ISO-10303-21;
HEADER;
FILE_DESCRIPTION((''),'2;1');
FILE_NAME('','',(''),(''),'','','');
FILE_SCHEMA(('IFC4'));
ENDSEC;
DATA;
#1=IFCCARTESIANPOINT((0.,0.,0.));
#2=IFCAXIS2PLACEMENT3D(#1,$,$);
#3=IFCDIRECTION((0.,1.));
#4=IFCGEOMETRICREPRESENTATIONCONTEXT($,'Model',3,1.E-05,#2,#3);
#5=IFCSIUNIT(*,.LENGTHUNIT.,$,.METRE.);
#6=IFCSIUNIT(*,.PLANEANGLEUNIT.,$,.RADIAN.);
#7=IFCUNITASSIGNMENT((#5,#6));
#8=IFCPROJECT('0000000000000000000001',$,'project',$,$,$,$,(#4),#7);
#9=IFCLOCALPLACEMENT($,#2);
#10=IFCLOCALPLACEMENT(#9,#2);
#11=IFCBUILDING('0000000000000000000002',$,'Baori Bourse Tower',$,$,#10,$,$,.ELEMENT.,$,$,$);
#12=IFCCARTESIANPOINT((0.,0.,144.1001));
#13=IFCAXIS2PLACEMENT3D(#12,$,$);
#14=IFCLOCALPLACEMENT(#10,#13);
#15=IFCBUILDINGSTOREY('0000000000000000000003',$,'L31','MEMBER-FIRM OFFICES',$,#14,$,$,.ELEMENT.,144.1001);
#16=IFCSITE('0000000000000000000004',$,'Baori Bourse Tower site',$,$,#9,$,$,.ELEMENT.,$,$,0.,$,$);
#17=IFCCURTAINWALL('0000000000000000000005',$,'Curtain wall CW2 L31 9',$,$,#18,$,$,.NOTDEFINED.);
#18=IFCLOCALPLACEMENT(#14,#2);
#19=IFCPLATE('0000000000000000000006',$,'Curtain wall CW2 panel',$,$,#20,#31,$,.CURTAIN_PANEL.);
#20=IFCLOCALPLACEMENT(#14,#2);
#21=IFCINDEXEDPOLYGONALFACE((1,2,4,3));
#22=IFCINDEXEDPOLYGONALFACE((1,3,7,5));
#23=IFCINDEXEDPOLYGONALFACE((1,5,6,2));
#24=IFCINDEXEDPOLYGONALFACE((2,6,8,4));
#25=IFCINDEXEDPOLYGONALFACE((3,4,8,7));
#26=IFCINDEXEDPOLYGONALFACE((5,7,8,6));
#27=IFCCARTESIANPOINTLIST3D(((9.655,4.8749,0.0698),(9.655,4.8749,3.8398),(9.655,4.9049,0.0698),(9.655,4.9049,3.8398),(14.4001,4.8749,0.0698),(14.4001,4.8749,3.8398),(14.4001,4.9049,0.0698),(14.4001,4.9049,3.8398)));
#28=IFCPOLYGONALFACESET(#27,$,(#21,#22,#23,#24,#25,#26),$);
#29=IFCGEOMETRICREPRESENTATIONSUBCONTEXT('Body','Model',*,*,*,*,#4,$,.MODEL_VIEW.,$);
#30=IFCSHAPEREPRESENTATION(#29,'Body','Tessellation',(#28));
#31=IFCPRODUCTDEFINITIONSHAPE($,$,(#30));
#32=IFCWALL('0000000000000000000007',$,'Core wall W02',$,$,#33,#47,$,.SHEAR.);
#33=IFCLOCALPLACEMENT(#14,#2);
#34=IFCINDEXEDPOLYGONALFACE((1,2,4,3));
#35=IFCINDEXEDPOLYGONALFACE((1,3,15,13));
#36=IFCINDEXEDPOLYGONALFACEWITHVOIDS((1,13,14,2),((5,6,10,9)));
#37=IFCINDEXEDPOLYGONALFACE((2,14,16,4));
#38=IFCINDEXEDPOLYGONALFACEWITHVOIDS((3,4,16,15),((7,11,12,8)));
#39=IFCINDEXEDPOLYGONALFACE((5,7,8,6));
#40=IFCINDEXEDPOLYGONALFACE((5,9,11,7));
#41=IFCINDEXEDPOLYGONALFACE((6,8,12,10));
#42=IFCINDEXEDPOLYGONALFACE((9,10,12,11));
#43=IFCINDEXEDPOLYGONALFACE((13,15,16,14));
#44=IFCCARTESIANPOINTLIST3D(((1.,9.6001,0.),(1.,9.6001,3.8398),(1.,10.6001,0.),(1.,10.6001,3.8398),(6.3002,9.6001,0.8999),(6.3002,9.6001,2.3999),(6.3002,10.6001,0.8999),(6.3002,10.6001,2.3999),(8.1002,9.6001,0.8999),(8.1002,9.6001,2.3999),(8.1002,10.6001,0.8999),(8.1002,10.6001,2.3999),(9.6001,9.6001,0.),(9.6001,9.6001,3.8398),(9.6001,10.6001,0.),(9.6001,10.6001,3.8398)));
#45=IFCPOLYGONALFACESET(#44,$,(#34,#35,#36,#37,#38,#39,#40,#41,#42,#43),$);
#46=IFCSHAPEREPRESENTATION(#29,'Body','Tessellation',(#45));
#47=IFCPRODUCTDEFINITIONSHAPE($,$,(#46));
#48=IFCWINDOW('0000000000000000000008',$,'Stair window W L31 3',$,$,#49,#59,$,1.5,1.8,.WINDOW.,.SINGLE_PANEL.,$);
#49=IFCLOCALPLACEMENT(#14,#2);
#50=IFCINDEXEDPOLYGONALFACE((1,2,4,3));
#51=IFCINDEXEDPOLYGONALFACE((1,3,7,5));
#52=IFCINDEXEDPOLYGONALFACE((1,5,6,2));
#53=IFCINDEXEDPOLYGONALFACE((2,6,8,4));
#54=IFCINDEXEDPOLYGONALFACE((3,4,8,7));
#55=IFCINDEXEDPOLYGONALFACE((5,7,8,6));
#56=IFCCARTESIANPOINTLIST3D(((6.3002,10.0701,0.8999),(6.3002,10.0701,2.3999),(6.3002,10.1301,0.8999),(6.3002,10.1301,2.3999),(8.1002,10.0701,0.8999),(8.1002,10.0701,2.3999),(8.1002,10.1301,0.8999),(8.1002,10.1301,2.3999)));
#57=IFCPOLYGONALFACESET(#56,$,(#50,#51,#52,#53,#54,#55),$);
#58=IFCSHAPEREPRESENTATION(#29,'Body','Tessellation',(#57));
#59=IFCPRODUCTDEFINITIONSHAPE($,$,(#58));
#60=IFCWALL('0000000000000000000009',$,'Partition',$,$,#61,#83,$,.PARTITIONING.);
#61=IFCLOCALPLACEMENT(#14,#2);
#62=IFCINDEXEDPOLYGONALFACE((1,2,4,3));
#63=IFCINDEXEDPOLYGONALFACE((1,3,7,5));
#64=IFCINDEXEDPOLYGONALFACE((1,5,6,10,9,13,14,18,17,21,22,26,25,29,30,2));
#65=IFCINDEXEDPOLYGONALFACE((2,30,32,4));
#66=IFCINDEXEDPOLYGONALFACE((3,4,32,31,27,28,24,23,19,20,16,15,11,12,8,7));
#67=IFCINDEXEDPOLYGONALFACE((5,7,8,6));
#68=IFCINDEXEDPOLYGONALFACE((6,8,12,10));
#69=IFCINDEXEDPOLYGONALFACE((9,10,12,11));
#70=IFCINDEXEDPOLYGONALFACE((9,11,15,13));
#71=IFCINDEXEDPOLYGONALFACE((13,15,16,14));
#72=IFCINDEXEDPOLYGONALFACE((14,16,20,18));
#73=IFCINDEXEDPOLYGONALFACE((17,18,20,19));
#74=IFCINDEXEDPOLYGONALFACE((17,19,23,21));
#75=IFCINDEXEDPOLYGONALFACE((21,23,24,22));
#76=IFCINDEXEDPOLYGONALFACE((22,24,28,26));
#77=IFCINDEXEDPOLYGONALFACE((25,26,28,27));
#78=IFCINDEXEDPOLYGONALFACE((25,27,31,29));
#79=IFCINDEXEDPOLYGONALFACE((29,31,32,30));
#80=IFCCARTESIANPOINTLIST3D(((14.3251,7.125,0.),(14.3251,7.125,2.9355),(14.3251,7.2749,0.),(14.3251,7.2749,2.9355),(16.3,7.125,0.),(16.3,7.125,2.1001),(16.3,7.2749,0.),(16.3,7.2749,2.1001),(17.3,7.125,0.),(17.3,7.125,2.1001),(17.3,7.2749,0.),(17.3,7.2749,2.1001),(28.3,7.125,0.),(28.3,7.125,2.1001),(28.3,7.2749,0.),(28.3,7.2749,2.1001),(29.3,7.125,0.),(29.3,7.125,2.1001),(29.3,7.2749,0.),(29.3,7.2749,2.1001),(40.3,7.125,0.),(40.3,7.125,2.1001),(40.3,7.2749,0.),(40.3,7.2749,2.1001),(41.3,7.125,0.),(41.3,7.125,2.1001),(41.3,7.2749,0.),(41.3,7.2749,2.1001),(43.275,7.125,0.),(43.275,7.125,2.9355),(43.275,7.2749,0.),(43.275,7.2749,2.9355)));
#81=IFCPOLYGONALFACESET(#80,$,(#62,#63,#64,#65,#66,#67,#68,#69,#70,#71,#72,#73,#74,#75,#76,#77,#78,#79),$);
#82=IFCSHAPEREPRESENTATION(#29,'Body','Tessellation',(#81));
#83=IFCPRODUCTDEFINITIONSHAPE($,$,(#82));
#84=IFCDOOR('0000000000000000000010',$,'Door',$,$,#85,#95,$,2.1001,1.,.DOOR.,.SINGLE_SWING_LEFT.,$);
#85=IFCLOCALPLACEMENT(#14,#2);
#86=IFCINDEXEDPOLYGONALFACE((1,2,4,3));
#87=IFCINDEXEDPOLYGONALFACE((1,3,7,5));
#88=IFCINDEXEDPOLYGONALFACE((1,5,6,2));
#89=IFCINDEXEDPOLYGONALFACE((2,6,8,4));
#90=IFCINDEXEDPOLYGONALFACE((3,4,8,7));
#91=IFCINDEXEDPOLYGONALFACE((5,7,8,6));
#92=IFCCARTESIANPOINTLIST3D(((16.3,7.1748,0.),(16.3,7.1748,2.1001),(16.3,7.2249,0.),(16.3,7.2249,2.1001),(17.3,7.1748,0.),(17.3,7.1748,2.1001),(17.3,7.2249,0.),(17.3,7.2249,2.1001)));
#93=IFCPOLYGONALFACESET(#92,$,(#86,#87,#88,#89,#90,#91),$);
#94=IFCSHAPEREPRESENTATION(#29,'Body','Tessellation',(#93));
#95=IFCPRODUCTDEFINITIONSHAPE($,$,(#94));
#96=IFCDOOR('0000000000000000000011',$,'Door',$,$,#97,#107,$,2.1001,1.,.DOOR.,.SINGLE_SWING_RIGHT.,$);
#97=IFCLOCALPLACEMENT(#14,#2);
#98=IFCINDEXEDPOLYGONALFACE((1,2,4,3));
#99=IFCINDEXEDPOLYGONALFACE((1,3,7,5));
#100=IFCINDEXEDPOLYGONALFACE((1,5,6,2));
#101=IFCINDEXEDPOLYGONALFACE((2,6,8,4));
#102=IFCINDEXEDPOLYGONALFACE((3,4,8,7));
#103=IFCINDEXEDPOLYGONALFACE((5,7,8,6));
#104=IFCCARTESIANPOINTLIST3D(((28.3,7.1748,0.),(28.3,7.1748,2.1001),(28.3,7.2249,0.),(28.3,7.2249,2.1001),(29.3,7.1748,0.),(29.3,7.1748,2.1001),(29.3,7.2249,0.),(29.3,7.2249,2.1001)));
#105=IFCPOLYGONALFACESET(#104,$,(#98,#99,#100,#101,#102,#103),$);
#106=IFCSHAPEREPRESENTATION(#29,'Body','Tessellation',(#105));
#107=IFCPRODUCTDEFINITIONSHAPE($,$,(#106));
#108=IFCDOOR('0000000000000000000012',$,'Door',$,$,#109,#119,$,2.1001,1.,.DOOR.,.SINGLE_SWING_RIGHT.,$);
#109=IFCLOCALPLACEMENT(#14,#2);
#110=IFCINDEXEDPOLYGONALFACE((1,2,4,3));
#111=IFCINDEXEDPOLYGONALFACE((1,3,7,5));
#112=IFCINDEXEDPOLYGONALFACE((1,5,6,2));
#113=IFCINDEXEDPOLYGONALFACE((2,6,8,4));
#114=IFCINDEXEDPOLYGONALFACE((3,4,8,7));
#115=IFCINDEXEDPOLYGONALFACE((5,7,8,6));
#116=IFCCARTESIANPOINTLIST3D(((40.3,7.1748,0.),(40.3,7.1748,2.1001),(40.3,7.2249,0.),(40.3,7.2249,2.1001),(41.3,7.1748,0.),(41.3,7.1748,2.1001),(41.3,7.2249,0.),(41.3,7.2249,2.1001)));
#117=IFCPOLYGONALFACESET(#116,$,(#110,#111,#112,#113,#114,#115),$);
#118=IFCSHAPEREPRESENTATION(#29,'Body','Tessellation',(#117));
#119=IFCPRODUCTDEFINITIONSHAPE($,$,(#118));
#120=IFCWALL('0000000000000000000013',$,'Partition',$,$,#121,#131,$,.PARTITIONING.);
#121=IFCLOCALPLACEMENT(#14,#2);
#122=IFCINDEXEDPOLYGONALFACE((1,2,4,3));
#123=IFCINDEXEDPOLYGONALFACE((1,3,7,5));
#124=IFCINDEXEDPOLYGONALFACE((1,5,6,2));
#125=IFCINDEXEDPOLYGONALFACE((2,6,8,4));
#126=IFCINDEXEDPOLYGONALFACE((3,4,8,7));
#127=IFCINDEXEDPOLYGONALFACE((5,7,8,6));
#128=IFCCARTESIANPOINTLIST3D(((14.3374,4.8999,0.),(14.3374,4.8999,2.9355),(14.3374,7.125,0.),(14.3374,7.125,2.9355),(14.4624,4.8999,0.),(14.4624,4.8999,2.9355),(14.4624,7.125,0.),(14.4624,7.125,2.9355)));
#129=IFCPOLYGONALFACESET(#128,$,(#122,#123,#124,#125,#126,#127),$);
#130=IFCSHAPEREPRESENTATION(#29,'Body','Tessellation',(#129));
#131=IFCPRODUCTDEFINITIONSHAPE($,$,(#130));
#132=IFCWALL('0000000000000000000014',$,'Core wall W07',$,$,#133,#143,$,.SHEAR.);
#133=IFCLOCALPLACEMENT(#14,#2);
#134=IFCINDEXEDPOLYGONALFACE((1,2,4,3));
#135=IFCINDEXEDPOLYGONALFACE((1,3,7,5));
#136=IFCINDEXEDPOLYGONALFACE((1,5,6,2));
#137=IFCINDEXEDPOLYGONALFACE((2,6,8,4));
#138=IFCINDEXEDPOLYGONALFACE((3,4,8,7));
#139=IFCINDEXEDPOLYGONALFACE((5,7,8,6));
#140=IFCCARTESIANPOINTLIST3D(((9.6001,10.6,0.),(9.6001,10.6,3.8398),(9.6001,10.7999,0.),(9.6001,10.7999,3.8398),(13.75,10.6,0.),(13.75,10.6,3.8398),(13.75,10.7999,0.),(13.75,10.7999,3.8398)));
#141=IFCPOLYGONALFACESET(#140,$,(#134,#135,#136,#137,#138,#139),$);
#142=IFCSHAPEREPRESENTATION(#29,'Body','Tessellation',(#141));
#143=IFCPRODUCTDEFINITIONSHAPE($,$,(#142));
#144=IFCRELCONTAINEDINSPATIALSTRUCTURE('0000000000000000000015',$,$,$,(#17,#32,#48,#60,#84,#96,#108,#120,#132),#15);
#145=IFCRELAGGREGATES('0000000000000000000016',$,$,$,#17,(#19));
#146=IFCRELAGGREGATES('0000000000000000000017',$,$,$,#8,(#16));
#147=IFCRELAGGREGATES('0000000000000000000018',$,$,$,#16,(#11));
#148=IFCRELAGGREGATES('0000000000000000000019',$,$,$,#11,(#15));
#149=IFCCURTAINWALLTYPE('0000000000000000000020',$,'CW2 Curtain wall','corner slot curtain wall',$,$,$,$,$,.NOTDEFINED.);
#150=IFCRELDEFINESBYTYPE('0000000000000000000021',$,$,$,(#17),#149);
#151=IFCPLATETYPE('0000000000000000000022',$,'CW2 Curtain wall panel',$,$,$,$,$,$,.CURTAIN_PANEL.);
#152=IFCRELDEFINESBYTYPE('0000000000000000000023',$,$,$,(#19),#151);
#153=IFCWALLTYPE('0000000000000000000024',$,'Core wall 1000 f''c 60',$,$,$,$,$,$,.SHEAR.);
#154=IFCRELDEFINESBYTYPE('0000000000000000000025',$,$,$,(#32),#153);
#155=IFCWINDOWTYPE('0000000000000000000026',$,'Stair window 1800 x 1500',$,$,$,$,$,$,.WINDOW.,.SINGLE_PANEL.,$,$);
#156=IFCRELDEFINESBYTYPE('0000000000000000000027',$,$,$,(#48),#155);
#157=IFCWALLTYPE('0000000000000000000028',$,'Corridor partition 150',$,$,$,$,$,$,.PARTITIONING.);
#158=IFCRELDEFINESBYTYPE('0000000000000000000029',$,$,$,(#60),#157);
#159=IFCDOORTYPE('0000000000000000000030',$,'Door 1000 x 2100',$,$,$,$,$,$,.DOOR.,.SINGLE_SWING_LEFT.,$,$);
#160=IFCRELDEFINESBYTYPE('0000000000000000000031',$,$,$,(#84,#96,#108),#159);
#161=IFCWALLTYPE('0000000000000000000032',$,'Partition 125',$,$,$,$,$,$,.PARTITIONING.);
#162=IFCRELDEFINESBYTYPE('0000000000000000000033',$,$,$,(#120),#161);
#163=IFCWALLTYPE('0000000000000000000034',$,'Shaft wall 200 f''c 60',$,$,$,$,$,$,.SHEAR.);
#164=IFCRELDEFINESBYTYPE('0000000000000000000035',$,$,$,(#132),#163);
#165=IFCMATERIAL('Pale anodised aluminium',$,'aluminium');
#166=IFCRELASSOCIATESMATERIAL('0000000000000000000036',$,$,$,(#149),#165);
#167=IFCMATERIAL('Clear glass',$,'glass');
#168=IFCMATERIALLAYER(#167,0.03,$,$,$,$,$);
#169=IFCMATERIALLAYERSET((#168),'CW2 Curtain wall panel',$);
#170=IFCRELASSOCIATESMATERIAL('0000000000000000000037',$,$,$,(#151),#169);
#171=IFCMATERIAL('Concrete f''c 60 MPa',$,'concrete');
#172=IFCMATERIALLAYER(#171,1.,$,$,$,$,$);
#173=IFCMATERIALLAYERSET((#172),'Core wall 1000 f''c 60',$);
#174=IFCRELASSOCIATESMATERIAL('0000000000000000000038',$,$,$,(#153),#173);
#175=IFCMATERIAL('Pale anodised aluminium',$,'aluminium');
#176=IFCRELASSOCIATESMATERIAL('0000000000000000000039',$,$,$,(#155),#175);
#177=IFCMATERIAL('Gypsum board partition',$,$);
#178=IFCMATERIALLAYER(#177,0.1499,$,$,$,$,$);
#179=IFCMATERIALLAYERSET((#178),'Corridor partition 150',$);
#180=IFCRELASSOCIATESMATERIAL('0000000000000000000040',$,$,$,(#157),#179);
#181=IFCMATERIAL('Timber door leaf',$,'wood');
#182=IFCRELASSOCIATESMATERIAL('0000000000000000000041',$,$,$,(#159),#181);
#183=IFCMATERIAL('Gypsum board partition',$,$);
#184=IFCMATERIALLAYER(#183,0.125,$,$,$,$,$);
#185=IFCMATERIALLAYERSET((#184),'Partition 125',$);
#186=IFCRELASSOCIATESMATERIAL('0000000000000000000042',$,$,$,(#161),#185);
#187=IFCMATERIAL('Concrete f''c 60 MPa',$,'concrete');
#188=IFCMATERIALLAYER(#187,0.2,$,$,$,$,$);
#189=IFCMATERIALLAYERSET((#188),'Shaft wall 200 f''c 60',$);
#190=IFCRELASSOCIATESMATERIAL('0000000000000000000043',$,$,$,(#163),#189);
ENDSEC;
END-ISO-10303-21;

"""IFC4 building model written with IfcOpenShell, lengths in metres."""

from ifc_helpers import new_model, si_unit, direction, frame, frame_2d, origin, origin_2d, place, context, subcontext, project, spatial, rectangle, extrude, material, layer, layer_set, type_object, element, fill, aggregate, save


model = new_model("IFC4")

# Units and contexts
model_context = context("Model", 3, precision=1e-05, world=origin(), true_north=direction((0.0, 1.0)))
body_context = subcontext(model_context, "Body", "Model", "MODEL_VIEW")
ifc_project = project(units=[si_unit("LENGTHUNIT", "METRE"), si_unit("PLANEANGLEUNIT", "RADIAN")], contexts=[model_context])

# Site, building, storey
site_placement = place(None, origin())
site = spatial("IfcSite", under=ifc_project, at=site_placement, Name="Baori Bourse Tower site", CompositionType="ELEMENT", RefElevation=0.0)
building_placement = place(site_placement, origin())
building = spatial("IfcBuilding", under=site, at=building_placement, Name="Baori Bourse Tower", CompositionType="ELEMENT")
storey_placement = place(building_placement, frame((0.0, 0.0, 144.1001)))
storey = spatial("IfcBuildingStorey", under=building, at=storey_placement, Name="L31", Description="MEMBER-FIRM OFFICES", CompositionType="ELEMENT", Elevation=144.1001)

# Curtain wall
ifc_material_1 = material(Name="Pale anodised aluminium", Category="aluminium")
curtain_wall_type = type_object("IfcCurtainWallType", Name="CW2 Curtain wall", Description="corner slot curtain wall", PredefinedType="NOTDEFINED", material=ifc_material_1)
curtain_wall_1_placement = place(storey_placement, origin())
curtain_wall_1 = element("IfcCurtainWall", 1, at=curtain_wall_1_placement, inside=storey, type_object=curtain_wall_type, Name="Curtain wall CW2 L31 9", PredefinedType="NOTDEFINED")

# Plate
ifc_material_2 = material(Name="Clear glass", Category="glass")
ifc_layer_1 = layer(ifc_material_2, 0.03)
ifc_layer_set_1 = layer_set([ifc_layer_1], Name="CW2 Curtain wall panel")
plate_type = type_object("IfcPlateType", Name="CW2 Curtain wall panel", PredefinedType="CURTAIN_PANEL", material=ifc_layer_set_1)
plate_1_placement = place(storey_placement, frame((12.0276, 4.8899, 0.0698), z_axis=(0.0, 0.0, 1.0), x_axis=(1.0, 0.0, 0.0)))
plate_1 = element("IfcPlate", 2, at=plate_1_placement, type_object=plate_type, Name="Curtain wall CW2 panel", PredefinedType="CURTAIN_PANEL", context=body_context, shape_type="SweptSolid", body=[
    extrude(rectangle(XDim=4.7451, YDim=0.03, at=origin_2d()), origin(), (0.0, 0.0, 1.0), 3.77),
])
aggregate(curtain_wall_1, [plate_1])

# Wall, opening, window
ifc_material_3 = material(Name="Concrete f'c 60 MPa", Category="concrete")
ifc_layer_2 = layer(ifc_material_3, 1.0)
ifc_layer_set_2 = layer_set([ifc_layer_2], Name="Core wall 1000 f'c 60")
wall_type_1 = type_object("IfcWallType", Name="Core wall 1000 f'c 60", PredefinedType="SHEAR", material=ifc_layer_set_2)
wall_1_placement = place(storey_placement, frame((9.6001, 10.1001, 0.0), z_axis=(0.0, 0.0, 1.0), x_axis=(-1.0, 0.0, 0.0)))
wall_1 = element("IfcWall", 3, at=wall_1_placement, inside=storey, type_object=wall_type_1, Name="Core wall W02", PredefinedType="SHEAR", context=body_context, shape_type="SweptSolid", body=[
    extrude(rectangle(XDim=8.6001, YDim=1.0, at=frame_2d((4.3, 0.0))), origin(), (0.0, 0.0, 1.0), 3.8398),
])
opening_1_placement = place(wall_1_placement, frame((1.5, 0.0, 0.8999)))
opening_1 = element("IfcOpeningElement", 4, at=opening_1_placement, cuts=wall_1, PredefinedType="OPENING", context=body_context, shape_type="SweptSolid", body=[
    extrude(rectangle(XDim=1.8, YDim=1.5, at=frame_2d((0.8999, 0.75))), frame((0.0, 0.51, 0.0), z_axis=(0.0, -1.0, 0.0), x_axis=(1.0, 0.0, 0.0)), (0.0, 0.0, 1.0), 1.02),
])
ifc_material_4 = material(Name="Pale anodised aluminium", Category="aluminium")
window_type = type_object("IfcWindowType", Name="Stair window 1800 x 1500", PartitioningType="SINGLE_PANEL", PredefinedType="WINDOW", material=ifc_material_4)
window_placement = place(opening_1_placement, origin())
window = element("IfcWindow", 5, at=window_placement, inside=storey, type_object=window_type, Name="Stair window W L31 3", OverallHeight=1.5, OverallWidth=1.8, PartitioningType="SINGLE_PANEL", PredefinedType="WINDOW", context=body_context, shape_type="SweptSolid", body=[
    extrude(rectangle(XDim=1.8, YDim=1.5, at=frame_2d((0.8999, 0.75))), frame((0.0, 0.03, 0.0), z_axis=(0.0, -1.0, 0.0), x_axis=(1.0, 0.0, 0.0)), (0.0, 0.0, 1.0), 0.0601),
])
fill(opening_1, window)

# Wall, openings, doors
ifc_material_5 = material(Name="Gypsum board partition")
ifc_layer_3 = layer(ifc_material_5, 0.1499)
ifc_layer_set_3 = layer_set([ifc_layer_3], Name="Corridor partition 150")
wall_type_2 = type_object("IfcWallType", Name="Corridor partition 150", PredefinedType="PARTITIONING", material=ifc_layer_set_3)
wall_2_placement = place(storey_placement, frame((14.325, 7.2, 0.0), z_axis=(0.0, 0.0, 1.0), x_axis=(1.0, 0.0, 0.0)))
wall_2 = element("IfcWall", 6, at=wall_2_placement, inside=storey, type_object=wall_type_2, Name="Partition", PredefinedType="PARTITIONING", context=body_context, shape_type="SweptSolid", body=[
    extrude(rectangle(XDim=28.95, YDim=0.1499, at=frame_2d((14.4751, 0.0))), origin(), (0.0, 0.0, 1.0), 2.9355),
])
opening_2_placement = place(wall_2_placement, frame((1.9751, 0.0, 0.0)))
opening_2 = element("IfcOpeningElement", 7, at=opening_2_placement, cuts=wall_2, PredefinedType="OPENING", context=body_context, shape_type="SweptSolid", body=[
    extrude(rectangle(XDim=1.0, YDim=2.1001, at=frame_2d((0.5, 1.05))), frame((0.0, 0.085, 0.0), z_axis=(0.0, -1.0, 0.0), x_axis=(1.0, 0.0, 0.0)), (0.0, 0.0, 1.0), 0.1699),
])
opening_3_placement = place(wall_2_placement, frame((13.9751, 0.0, 0.0)))
opening_3 = element("IfcOpeningElement", 8, at=opening_3_placement, cuts=wall_2, PredefinedType="OPENING", context=body_context, shape_type="SweptSolid", body=[
    extrude(rectangle(XDim=1.0, YDim=2.1001, at=frame_2d((0.5, 1.05))), frame((0.0, 0.085, 0.0), z_axis=(0.0, -1.0, 0.0), x_axis=(1.0, 0.0, 0.0)), (0.0, 0.0, 1.0), 0.1699),
])
opening_4_placement = place(wall_2_placement, frame((25.9751, 0.0, 0.0)))
opening_4 = element("IfcOpeningElement", 9, at=opening_4_placement, cuts=wall_2, PredefinedType="OPENING", context=body_context, shape_type="SweptSolid", body=[
    extrude(rectangle(XDim=1.0, YDim=2.1001, at=frame_2d((0.5, 1.05))), frame((0.0, 0.085, 0.0), z_axis=(0.0, -1.0, 0.0), x_axis=(1.0, 0.0, 0.0)), (0.0, 0.0, 1.0), 0.1699),
])
ifc_material_6 = material(Name="Timber door leaf", Category="wood")
door_type_1 = type_object("IfcDoorType", Name="Door 1000 x 2100", OperationType="SINGLE_SWING_LEFT", PredefinedType="DOOR", material=ifc_material_6)
door_1_placement = place(opening_2_placement, origin())
door_1 = element("IfcDoor", 10, at=door_1_placement, inside=storey, type_object=door_type_1, Name="Door", OperationType="SINGLE_SWING_LEFT", OverallHeight=2.1001, OverallWidth=1.0, PredefinedType="DOOR", context=body_context, shape_type="SweptSolid", body=[
    extrude(rectangle(XDim=1.0, YDim=2.1001, at=frame_2d((0.5, 1.05))), frame((0.0, 0.0249, 0.0), z_axis=(0.0, -1.0, 0.0), x_axis=(1.0, 0.0, 0.0)), (0.0, 0.0, 1.0), 0.05),
])
fill(opening_2, door_1)
door_2_placement = place(opening_3_placement, origin())
door_2 = element("IfcDoor", 11, at=door_2_placement, inside=storey, type_object=door_type_1, Name="Door", OperationType="SINGLE_SWING_RIGHT", OverallHeight=2.1001, OverallWidth=1.0, PredefinedType="DOOR", context=body_context, shape_type="SweptSolid", body=[
    extrude(rectangle(XDim=1.0, YDim=2.1001, at=frame_2d((0.5, 1.05))), frame((0.0, 0.0249, 0.0), z_axis=(0.0, -1.0, 0.0), x_axis=(1.0, 0.0, 0.0)), (0.0, 0.0, 1.0), 0.05),
])
fill(opening_3, door_2)
door_3_placement = place(opening_4_placement, origin())
door_3 = element("IfcDoor", 12, at=door_3_placement, inside=storey, type_object=door_type_1, Name="Door", OperationType="SINGLE_SWING_RIGHT", OverallHeight=2.1001, OverallWidth=1.0, PredefinedType="DOOR", context=body_context, shape_type="SweptSolid", body=[
    extrude(rectangle(XDim=1.0, YDim=2.1001, at=frame_2d((0.5, 1.05))), frame((0.0, 0.0249, 0.0), z_axis=(0.0, -1.0, 0.0), x_axis=(1.0, 0.0, 0.0)), (0.0, 0.0, 1.0), 0.05),
])
fill(opening_4, door_3)

# Walls
ifc_material_7 = material(Name="Gypsum board partition")
ifc_layer_4 = layer(ifc_material_7, 0.125)
ifc_layer_set_4 = layer_set([ifc_layer_4], Name="Partition 125")
wall_type_3 = type_object("IfcWallType", Name="Partition 125", PredefinedType="PARTITIONING", material=ifc_layer_set_4)
wall_3_placement = place(storey_placement, frame((14.3999, 4.8999, 0.0), z_axis=(0.0, 0.0, 1.0), x_axis=(0.0, 1.0, 0.0)))
element("IfcWall", 13, at=wall_3_placement, inside=storey, type_object=wall_type_3, Name="Partition", PredefinedType="PARTITIONING", context=body_context, shape_type="SweptSolid", body=[
    extrude(rectangle(XDim=2.2251, YDim=0.125, at=frame_2d((1.1125, 0.0))), origin(), (0.0, 0.0, 1.0), 2.9355),
])
ifc_material_8 = material(Name="Concrete f'c 60 MPa", Category="concrete")
ifc_layer_5 = layer(ifc_material_8, 0.2)
ifc_layer_set_5 = layer_set([ifc_layer_5], Name="Shaft wall 200 f'c 60")
wall_type_4 = type_object("IfcWallType", Name="Shaft wall 200 f'c 60", PredefinedType="SHEAR", material=ifc_layer_set_5)
wall_4_placement = place(storey_placement, frame((9.6001, 10.7, 0.0), z_axis=(0.0, 0.0, 1.0), x_axis=(1.0, 0.0, 0.0)))
element("IfcWall", 14, at=wall_4_placement, inside=storey, type_object=wall_type_4, Name="Core wall W07", PredefinedType="SHEAR", context=body_context, shape_type="SweptSolid", body=[
    extrude(rectangle(XDim=4.1499, YDim=0.2, at=frame_2d((2.075, 0.0))), origin(), (0.0, 0.0, 1.0), 3.8398),
])

save(model, "model.ifc")
